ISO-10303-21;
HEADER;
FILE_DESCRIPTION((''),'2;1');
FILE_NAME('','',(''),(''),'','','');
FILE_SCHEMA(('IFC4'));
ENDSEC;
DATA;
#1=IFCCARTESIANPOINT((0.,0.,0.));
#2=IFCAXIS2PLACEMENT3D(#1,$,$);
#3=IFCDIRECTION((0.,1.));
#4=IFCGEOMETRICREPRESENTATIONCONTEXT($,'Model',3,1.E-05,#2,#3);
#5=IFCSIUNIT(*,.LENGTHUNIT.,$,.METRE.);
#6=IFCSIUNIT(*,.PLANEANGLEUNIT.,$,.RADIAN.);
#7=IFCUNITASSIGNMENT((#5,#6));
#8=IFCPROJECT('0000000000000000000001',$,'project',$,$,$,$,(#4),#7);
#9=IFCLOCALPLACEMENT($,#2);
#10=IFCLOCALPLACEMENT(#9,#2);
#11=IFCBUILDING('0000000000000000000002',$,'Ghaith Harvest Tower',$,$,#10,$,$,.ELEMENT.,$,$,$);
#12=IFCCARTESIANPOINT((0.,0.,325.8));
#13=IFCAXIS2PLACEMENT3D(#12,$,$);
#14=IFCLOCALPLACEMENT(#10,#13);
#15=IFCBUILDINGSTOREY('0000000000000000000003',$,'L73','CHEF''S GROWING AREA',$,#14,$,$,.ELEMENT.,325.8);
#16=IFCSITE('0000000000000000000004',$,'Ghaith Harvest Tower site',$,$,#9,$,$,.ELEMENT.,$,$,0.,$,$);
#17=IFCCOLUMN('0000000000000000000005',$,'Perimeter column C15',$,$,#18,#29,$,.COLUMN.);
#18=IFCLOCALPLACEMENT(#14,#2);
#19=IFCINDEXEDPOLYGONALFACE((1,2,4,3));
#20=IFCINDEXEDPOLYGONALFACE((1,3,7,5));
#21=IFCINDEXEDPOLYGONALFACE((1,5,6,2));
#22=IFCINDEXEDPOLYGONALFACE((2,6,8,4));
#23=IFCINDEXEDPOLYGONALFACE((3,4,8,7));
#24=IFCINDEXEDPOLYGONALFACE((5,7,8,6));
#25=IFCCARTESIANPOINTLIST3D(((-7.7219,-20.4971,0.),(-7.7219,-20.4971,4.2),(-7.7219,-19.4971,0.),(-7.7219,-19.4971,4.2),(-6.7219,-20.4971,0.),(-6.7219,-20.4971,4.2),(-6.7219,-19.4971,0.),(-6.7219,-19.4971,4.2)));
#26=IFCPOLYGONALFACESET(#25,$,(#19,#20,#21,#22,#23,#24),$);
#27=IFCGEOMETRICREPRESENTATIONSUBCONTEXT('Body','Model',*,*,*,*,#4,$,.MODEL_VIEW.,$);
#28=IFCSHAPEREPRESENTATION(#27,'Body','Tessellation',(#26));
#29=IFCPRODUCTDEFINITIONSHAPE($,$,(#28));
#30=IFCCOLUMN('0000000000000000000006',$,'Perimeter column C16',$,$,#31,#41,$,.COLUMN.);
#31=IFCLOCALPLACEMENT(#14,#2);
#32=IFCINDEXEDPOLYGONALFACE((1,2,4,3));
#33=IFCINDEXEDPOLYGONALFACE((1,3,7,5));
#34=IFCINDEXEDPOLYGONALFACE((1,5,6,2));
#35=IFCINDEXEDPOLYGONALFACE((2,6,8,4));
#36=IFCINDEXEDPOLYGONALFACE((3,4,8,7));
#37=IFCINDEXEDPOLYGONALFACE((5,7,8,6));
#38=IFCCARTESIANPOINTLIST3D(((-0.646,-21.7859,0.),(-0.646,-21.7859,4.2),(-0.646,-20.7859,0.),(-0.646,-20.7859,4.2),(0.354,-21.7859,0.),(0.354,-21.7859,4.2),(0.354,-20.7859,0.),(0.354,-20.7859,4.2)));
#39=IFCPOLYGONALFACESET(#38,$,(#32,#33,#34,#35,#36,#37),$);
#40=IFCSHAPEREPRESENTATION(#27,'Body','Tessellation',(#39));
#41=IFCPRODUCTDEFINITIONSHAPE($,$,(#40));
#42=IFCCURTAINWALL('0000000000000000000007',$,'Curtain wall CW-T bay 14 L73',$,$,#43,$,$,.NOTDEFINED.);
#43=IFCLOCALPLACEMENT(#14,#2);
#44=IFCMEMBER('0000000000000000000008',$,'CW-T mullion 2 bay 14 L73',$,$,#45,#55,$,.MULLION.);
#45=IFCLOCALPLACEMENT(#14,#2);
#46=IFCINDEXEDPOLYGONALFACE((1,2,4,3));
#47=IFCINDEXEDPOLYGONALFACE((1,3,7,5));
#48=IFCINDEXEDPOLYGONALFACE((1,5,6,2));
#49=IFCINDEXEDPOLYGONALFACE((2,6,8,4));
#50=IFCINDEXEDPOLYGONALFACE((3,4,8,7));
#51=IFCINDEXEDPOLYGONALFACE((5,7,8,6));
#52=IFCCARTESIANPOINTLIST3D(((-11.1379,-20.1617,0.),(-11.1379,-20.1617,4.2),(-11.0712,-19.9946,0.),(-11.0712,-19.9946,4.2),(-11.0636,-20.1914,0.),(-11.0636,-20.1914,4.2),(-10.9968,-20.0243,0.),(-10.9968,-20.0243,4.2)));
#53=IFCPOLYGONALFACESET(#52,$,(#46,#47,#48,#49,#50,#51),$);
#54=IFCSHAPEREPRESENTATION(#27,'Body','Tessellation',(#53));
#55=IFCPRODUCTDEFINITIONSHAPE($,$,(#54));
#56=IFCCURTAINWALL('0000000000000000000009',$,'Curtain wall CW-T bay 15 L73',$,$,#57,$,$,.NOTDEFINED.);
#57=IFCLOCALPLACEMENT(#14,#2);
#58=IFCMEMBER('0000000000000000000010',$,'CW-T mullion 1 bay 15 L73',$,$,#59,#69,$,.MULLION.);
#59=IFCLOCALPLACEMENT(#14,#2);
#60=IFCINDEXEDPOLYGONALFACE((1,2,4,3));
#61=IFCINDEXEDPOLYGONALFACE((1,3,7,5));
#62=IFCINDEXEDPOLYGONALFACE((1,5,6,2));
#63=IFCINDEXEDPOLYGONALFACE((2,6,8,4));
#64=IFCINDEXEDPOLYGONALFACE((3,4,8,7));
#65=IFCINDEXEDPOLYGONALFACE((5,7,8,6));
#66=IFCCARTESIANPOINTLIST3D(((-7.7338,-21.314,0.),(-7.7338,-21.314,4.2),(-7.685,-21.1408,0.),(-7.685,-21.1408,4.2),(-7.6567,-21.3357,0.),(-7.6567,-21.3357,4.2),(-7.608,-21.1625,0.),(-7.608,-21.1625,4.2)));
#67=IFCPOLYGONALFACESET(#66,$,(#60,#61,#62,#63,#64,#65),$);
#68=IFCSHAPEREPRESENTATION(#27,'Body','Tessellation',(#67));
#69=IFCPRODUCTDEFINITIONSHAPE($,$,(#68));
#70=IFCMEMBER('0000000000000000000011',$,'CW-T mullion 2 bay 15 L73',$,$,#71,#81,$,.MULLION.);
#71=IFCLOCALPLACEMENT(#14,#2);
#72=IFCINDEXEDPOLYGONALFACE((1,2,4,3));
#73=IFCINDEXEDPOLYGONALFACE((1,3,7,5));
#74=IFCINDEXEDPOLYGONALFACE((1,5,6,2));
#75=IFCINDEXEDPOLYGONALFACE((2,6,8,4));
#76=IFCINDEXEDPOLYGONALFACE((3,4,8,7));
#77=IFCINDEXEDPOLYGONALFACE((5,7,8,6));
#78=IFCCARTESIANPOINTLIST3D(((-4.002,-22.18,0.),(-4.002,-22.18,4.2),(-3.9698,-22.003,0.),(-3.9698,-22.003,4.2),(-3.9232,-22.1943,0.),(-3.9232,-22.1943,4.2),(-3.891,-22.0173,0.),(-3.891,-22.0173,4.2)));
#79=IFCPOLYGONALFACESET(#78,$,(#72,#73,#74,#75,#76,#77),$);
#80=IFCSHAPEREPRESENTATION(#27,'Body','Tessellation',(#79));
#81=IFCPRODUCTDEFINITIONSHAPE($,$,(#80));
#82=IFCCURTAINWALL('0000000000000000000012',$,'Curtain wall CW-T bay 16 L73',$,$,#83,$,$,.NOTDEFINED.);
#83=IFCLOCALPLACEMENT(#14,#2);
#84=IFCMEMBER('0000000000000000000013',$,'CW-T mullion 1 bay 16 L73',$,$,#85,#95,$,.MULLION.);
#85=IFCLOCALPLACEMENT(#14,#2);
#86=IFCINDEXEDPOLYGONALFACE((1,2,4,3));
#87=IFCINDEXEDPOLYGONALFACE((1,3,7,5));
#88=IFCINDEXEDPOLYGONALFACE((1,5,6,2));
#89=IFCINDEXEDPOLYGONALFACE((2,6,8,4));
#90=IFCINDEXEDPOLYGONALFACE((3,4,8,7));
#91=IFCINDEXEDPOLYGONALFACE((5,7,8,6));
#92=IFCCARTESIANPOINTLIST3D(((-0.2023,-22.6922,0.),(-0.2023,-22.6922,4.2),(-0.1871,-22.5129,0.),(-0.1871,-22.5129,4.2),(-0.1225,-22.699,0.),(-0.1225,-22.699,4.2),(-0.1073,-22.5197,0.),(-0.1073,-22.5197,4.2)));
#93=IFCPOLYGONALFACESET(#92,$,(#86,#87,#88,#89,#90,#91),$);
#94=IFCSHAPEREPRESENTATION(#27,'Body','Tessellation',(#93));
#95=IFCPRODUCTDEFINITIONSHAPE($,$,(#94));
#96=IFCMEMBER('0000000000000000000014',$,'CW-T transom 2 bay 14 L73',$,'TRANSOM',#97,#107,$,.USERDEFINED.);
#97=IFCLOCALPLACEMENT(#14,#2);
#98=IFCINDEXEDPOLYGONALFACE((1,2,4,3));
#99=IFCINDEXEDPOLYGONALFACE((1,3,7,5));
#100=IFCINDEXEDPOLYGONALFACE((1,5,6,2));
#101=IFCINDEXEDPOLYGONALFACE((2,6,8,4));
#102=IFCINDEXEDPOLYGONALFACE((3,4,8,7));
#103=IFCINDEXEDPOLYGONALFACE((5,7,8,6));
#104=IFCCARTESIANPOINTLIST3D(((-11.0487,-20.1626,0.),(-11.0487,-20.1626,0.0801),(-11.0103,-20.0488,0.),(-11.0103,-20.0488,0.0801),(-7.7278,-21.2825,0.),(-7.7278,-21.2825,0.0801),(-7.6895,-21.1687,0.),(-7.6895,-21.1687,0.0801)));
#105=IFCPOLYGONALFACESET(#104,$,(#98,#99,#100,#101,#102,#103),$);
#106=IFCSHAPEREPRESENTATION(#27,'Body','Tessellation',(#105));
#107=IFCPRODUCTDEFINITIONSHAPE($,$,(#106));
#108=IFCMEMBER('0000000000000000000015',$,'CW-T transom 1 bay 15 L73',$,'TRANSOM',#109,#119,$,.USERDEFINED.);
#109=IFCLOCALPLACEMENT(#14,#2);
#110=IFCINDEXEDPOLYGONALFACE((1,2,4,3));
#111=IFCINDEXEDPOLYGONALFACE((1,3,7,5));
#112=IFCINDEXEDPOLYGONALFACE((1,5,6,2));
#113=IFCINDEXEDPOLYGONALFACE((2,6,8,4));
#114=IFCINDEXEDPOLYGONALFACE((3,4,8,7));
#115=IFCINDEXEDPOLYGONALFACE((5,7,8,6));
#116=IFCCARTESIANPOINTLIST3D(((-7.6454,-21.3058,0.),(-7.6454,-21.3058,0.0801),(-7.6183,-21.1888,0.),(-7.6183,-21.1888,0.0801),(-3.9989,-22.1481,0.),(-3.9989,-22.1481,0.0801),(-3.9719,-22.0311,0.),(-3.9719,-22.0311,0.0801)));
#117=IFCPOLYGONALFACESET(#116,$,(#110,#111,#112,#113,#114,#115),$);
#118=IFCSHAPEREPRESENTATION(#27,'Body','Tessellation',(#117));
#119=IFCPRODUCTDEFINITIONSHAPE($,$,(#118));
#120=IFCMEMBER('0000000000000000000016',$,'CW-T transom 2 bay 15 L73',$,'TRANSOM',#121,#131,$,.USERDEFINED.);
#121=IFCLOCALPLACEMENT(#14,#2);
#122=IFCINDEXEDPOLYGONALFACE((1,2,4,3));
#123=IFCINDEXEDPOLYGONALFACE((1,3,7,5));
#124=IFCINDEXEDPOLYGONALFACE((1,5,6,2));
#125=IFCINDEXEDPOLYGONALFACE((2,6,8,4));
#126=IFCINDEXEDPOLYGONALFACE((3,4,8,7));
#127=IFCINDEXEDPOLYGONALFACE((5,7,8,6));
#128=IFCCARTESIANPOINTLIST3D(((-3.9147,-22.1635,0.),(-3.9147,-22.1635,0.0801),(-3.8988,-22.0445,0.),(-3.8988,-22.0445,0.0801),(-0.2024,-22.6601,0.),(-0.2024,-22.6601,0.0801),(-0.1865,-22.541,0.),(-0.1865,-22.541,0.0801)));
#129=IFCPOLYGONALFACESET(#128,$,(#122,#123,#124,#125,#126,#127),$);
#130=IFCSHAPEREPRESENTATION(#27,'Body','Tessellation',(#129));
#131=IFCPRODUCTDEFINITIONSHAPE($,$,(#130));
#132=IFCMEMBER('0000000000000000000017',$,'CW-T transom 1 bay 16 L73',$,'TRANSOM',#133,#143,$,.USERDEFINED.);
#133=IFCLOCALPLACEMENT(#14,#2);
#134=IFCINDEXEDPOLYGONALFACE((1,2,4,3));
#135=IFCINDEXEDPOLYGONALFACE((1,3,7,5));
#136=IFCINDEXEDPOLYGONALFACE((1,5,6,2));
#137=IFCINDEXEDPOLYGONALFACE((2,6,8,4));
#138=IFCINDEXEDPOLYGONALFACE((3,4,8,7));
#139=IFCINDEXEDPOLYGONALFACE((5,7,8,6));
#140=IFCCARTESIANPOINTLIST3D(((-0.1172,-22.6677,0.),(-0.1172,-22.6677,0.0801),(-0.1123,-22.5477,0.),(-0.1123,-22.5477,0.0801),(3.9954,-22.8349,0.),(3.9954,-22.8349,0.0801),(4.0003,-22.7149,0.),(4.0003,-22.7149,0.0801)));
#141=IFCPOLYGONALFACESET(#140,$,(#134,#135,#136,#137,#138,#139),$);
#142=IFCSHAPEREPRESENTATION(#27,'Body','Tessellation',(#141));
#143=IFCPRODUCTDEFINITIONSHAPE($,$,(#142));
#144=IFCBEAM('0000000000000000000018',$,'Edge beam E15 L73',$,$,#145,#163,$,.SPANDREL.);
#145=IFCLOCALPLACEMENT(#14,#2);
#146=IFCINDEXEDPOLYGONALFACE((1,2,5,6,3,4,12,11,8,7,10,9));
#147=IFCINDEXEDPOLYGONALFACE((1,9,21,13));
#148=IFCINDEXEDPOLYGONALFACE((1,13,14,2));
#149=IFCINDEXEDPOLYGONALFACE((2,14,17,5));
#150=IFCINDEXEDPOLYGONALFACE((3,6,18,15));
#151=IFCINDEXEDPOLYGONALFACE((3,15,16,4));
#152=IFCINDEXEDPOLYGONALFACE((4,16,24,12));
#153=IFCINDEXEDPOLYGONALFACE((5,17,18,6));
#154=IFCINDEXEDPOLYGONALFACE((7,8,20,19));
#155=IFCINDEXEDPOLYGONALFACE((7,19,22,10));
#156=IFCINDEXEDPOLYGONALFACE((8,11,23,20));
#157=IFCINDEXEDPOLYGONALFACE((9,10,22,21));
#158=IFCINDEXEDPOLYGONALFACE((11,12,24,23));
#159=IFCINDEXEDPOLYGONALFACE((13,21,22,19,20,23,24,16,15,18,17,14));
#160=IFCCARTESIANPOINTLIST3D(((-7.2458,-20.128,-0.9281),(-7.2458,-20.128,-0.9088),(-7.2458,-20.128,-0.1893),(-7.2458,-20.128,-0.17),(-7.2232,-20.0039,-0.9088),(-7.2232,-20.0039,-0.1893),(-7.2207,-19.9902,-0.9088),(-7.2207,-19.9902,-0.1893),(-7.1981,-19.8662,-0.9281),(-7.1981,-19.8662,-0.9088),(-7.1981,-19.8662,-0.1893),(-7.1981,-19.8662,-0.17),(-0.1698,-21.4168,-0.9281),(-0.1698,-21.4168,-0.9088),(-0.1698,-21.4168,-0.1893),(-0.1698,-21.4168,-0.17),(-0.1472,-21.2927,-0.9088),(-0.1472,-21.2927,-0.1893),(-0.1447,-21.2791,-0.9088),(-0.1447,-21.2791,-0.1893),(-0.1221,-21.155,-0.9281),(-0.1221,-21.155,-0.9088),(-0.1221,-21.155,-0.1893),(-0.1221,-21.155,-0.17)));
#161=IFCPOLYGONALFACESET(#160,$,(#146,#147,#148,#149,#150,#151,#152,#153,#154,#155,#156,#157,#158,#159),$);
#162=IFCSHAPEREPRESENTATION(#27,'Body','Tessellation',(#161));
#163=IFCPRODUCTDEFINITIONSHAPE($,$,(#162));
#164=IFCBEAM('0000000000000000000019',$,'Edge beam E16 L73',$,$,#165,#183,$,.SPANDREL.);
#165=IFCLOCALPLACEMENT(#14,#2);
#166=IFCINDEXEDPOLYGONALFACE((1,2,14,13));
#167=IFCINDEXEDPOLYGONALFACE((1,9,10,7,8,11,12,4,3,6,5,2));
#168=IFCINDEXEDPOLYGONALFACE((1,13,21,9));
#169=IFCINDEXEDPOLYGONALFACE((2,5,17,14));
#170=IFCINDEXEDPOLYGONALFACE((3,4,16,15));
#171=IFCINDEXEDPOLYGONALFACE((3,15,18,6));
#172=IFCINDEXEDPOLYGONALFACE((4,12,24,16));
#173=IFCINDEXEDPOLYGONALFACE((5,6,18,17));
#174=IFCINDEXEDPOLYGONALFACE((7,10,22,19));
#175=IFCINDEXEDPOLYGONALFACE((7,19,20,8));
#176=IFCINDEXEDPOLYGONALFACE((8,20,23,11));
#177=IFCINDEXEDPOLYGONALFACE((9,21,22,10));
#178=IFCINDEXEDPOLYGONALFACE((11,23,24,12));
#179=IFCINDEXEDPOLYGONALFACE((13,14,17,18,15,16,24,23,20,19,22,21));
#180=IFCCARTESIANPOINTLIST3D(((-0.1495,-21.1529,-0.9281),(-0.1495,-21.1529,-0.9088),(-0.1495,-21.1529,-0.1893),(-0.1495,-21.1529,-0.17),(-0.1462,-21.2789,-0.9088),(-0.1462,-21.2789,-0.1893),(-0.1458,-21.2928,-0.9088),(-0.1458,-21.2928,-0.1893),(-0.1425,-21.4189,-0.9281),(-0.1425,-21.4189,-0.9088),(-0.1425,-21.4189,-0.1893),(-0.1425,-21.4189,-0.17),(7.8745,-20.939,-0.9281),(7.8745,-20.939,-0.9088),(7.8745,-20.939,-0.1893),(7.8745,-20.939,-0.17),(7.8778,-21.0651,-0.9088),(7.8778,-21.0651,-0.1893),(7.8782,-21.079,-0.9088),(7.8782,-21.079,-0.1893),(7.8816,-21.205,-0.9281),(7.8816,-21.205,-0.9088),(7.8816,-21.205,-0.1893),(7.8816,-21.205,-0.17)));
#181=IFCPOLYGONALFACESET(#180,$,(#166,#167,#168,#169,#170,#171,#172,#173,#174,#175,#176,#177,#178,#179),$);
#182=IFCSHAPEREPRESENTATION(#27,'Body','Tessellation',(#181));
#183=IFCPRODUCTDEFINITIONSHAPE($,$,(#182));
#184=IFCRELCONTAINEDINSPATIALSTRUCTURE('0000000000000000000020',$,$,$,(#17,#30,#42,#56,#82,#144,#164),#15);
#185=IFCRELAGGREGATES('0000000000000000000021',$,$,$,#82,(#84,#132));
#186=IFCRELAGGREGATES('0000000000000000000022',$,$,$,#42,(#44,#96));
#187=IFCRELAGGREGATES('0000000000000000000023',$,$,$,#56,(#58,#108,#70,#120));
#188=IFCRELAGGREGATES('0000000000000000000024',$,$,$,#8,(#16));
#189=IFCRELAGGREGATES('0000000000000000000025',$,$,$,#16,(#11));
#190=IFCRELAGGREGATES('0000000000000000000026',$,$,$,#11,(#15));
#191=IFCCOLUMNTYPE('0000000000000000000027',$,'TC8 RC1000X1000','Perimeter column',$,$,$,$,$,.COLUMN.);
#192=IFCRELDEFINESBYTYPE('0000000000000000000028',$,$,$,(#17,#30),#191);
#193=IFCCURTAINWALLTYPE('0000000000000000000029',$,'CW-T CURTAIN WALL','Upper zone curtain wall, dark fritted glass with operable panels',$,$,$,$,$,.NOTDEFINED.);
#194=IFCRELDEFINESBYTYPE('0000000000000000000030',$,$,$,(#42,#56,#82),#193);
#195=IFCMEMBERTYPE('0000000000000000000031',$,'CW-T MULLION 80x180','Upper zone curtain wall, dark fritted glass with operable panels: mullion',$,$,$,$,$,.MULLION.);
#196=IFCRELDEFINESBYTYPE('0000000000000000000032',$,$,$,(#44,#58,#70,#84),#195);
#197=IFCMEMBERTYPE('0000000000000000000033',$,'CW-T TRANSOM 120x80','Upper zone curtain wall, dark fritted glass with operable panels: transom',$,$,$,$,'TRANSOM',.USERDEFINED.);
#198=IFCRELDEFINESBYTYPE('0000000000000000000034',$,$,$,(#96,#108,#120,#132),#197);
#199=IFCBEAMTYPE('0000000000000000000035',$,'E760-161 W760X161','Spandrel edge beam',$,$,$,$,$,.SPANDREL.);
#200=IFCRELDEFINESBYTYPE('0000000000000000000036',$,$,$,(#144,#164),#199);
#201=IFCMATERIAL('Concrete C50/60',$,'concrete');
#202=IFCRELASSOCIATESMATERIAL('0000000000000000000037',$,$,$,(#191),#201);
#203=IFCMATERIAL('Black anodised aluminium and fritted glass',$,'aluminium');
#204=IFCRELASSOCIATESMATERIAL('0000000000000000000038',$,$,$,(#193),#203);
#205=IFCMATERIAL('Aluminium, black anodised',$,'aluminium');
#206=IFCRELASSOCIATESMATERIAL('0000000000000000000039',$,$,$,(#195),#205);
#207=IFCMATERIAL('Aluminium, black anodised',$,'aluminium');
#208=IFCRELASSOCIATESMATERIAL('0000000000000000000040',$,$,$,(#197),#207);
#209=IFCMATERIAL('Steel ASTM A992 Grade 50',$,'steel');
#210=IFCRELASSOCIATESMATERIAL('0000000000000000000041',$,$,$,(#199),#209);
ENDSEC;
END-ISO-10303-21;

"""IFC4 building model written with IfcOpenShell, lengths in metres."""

from ifc_helpers import new_model, si_unit, direction, frame, origin, origin_2d, place, context, subcontext, project, spatial, rectangle, i_section, extrude, material, material_profile, profile_set, type_object, element, aggregate, save


model = new_model("IFC4")

# Units and contexts
model_context = context("Model", 3, precision=1e-05, world=origin(), true_north=direction((0.0, 1.0)))
body_context = subcontext(model_context, "Body", "Model", "MODEL_VIEW")
ifc_project = project(units=[si_unit("LENGTHUNIT", "METRE"), si_unit("PLANEANGLEUNIT", "RADIAN")], contexts=[model_context])

# Site, building, storey
site_placement = place(None, origin())
site = spatial("IfcSite", under=ifc_project, at=site_placement, Name="Ghaith Harvest Tower site", CompositionType="ELEMENT", RefElevation=0.0)
building_placement = place(site_placement, origin())
building = spatial("IfcBuilding", under=site, at=building_placement, Name="Ghaith Harvest Tower", CompositionType="ELEMENT")
storey_placement = place(building_placement, frame((0.0, 0.0, 325.8)))
storey = spatial("IfcBuildingStorey", under=building, at=storey_placement, Name="L73", Description="CHEF'S GROWING AREA", CompositionType="ELEMENT", Elevation=325.8)

# Columns
ifc_material_1 = material(Name="Concrete C50/60", Category="concrete")
ifc_material_profile_1 = material_profile(ifc_material_1, rectangle(XDim=1.0, YDim=1.0, at=origin_2d()), Name="RC1000X1000")
ifc_profile_set_1 = profile_set([ifc_material_profile_1], Name="Concrete C50/60")
column_type = type_object("IfcColumnType", Name="TC8 RC1000X1000", Description="Perimeter column", PredefinedType="COLUMN", material=ifc_profile_set_1)
for number, where, z_axis, x_axis, name in (
    (1, (-7.2219, -19.9971, 0.0), (0.0, 0.0, 1.0), (1.0, 0.0, 0.0), "Perimeter column C15"),
    (2, (-0.146, -21.2859, 0.0), (0.0, 0.0, 1.0), (1.0, 0.0, 0.0), "Perimeter column C16"),
):
    element("IfcColumn", number, at=place(storey_placement, frame(where, z_axis=z_axis, x_axis=x_axis)), inside=storey, type_object=column_type, Name=name, PredefinedType="COLUMN", context=body_context, shape_type="SweptSolid", body=[
        extrude(rectangle(XDim=1.0, YDim=1.0, at=origin_2d()), origin(), (0.0, 0.0, 1.0), 4.2),
    ])

# Curtain wall, member
ifc_material_2 = material(Name="Black anodised aluminium and fritted glass", Category="aluminium")
curtain_wall_type = type_object("IfcCurtainWallType", Name="CW-T CURTAIN WALL", Description="Upper zone curtain wall, dark fritted glass with operable panels", PredefinedType="NOTDEFINED", material=ifc_material_2)
curtain_wall_1_placement = place(storey_placement, origin())
curtain_wall_1 = element("IfcCurtainWall", 3, at=curtain_wall_1_placement, inside=storey, type_object=curtain_wall_type, Name="Curtain wall CW-T bay 14 L73", PredefinedType="NOTDEFINED")
ifc_material_3 = material(Name="Aluminium, black anodised", Category="aluminium")
ifc_material_profile_2 = material_profile(ifc_material_3, rectangle(XDim=0.0801, YDim=0.1799, at=origin_2d()), Name="CW-T MULLION 80x180")
ifc_profile_set_2 = profile_set([ifc_material_profile_2], Name="Aluminium, black anodised")
member_type_1 = type_object("IfcMemberType", Name="CW-T MULLION 80x180", Description="Upper zone curtain wall, dark fritted glass with operable panels: mullion", PredefinedType="MULLION", material=ifc_profile_set_2)
member_1_placement = place(storey_placement, frame((-11.0674, -20.093, 0.0), z_axis=(0.0, 0.0, 1.0), x_axis=(0.928624, -0.371021, 0.0)))
member_1 = element("IfcMember", 4, at=member_1_placement, type_object=member_type_1, Name="CW-T mullion 2 bay 14 L73", PredefinedType="MULLION", context=body_context, shape_type="SweptSolid", body=[
    extrude(rectangle(XDim=0.0801, YDim=0.1799, at=origin_2d()), origin(), (0.0, 0.0, 1.0), 4.2),
])

# Curtain wall, members
curtain_wall_2_placement = place(storey_placement, origin())
curtain_wall_2 = element("IfcCurtainWall", 5, at=curtain_wall_2_placement, inside=storey, type_object=curtain_wall_type, Name="Curtain wall CW-T bay 15 L73", PredefinedType="NOTDEFINED")
member_2_placement = place(storey_placement, frame((-7.6709, -21.2383, 0.0), z_axis=(0.0, 0.0, 1.0), x_axis=(0.962552, -0.271095, 0.0)))
member_2 = element("IfcMember", 6, at=member_2_placement, type_object=member_type_1, Name="CW-T mullion 1 bay 15 L73", PredefinedType="MULLION", context=body_context, shape_type="SweptSolid", body=[
    extrude(rectangle(XDim=0.0801, YDim=0.1799, at=origin_2d()), origin(), (0.0, 0.0, 1.0), 4.2),
])
member_3_placement = place(storey_placement, frame((-3.9465, -22.0986, 0.0), z_axis=(0.0, 0.0, 1.0), x_axis=(0.983843, -0.179031, 0.0)))
member_3 = element("IfcMember", 7, at=member_3_placement, type_object=member_type_1, Name="CW-T mullion 2 bay 15 L73", PredefinedType="MULLION", context=body_context, shape_type="SweptSolid", body=[
    extrude(rectangle(XDim=0.0801, YDim=0.1799, at=origin_2d()), origin(), (0.0, 0.0, 1.0), 4.2),
])

# Curtain wall, member
curtain_wall_3_placement = place(storey_placement, origin())
curtain_wall_3 = element("IfcCurtainWall", 8, at=curtain_wall_3_placement, inside=storey, type_object=curtain_wall_type, Name="Curtain wall CW-T bay 16 L73", PredefinedType="NOTDEFINED")
member_4_placement = place(storey_placement, frame((-0.1548, -22.606, 0.0), z_axis=(0.0, 0.0, 1.0), x_axis=(0.996415, -0.084602, 0.0)))
member_4 = element("IfcMember", 9, at=member_4_placement, type_object=member_type_1, Name="CW-T mullion 1 bay 16 L73", PredefinedType="MULLION", context=body_context, shape_type="SweptSolid", body=[
    extrude(rectangle(XDim=0.0801, YDim=0.1799, at=origin_2d()), origin(), (0.0, 0.0, 1.0), 4.2),
])

# Members
ifc_material_4 = material(Name="Aluminium, black anodised", Category="aluminium")
ifc_material_profile_3 = material_profile(ifc_material_4, rectangle(XDim=0.1201, YDim=0.0801, at=origin_2d()), Name="CW-T TRANSOM 120x80")
ifc_profile_set_3 = profile_set([ifc_material_profile_3], Name="Aluminium, black anodised")
member_type_2 = type_object("IfcMemberType", Name="CW-T TRANSOM 120x80", Description="Upper zone curtain wall, dark fritted glass with operable panels: transom", ElementType="TRANSOM", PredefinedType="USERDEFINED", material=ifc_profile_set_3)
member_5_placement = place(storey_placement, frame((-11.0295, -20.1057, 0.04), z_axis=(0.94757, -0.319549, 0.0), x_axis=(0.319549, 0.94757, 0.0)))
member_5 = element("IfcMember", 10, at=member_5_placement, type_object=member_type_2, Name="CW-T transom 2 bay 14 L73", ObjectType="TRANSOM", PredefinedType="USERDEFINED", context=body_context, shape_type="SweptSolid", body=[
    extrude(rectangle(XDim=0.1201, YDim=0.0801, at=origin_2d()), origin(), (0.0, 0.0, 1.0), 3.5046),
])
member_6_placement = place(storey_placement, frame((-7.6318, -21.2473, 0.04), z_axis=(0.974345, -0.22506, 0.0), x_axis=(0.22506, 0.974345, 0.0)))
member_6 = element("IfcMember", 11, at=member_6_placement, type_object=member_type_2, Name="CW-T transom 1 bay 15 L73", ObjectType="TRANSOM", PredefinedType="USERDEFINED", context=body_context, shape_type="SweptSolid", body=[
    extrude(rectangle(XDim=0.1201, YDim=0.0801, at=origin_2d()), origin(), (0.0, 0.0, 1.0), 3.7424),
])
member_7_placement = place(storey_placement, frame((-3.9067, -22.104, 0.04), z_axis=(0.991172, -0.132582, 0.0), x_axis=(0.132582, 0.991172, 0.0)))
member_7 = element("IfcMember", 12, at=member_7_placement, type_object=member_type_2, Name="CW-T transom 2 bay 15 L73", ObjectType="TRANSOM", PredefinedType="USERDEFINED", context=body_context, shape_type="SweptSolid", body=[
    extrude(rectangle(XDim=0.1201, YDim=0.0801, at=origin_2d()), origin(), (0.0, 0.0, 1.0), 3.7454),
])
member_8_placement = place(storey_placement, frame((-0.1147, -22.6077, 0.04), z_axis=(0.999174, -0.040631, 0.0), x_axis=(0.040631, 0.999174, 0.0)))
member_8 = element("IfcMember", 13, at=member_8_placement, type_object=member_type_2, Name="CW-T transom 1 bay 16 L73", ObjectType="TRANSOM", PredefinedType="USERDEFINED", context=body_context, shape_type="SweptSolid", body=[
    extrude(rectangle(XDim=0.1201, YDim=0.0801, at=origin_2d()), origin(), (0.0, 0.0, 1.0), 4.116),
])
aggregate(curtain_wall_3, [member_4, member_8])

# Beams
ifc_material_5 = material(Name="Steel ASTM A992 Grade 50", Category="steel")
ifc_material_profile_4 = material_profile(ifc_material_5, i_section(OverallWidth=0.2661, OverallDepth=0.7581, WebThickness=0.0139, FlangeThickness=0.0193, at=origin_2d()), Name="W760X161")
ifc_profile_set_4 = profile_set([ifc_material_profile_4], Name="Steel ASTM A992 Grade 50")
beam_type_1 = type_object("IfcBeamType", Name="E760-161 W760X161", Description="Spandrel edge beam", PredefinedType="SPANDREL", material=ifc_profile_set_4)
beam_1_placement = place(storey_placement, frame((-7.2219, -19.9971, -0.5491), z_axis=(0.983814, -0.179193, 0.0), x_axis=(0.179193, 0.983814, 0.0)))
element("IfcBeam", 14, at=beam_1_placement, inside=storey, type_object=beam_type_1, Name="Edge beam E15 L73", PredefinedType="SPANDREL", context=body_context, shape_type="SweptSolid", body=[
    extrude(i_section(OverallWidth=0.2661, OverallDepth=0.7581, WebThickness=0.0139, FlangeThickness=0.0193, at=origin_2d()), origin(), (0.0, 0.0, 1.0), 7.1924),
])
beam_2_placement = place(storey_placement, frame((-0.146, -21.2859, -0.5491), z_axis=(0.999645, 0.026644, 0.0), x_axis=(-0.026644, 0.999645, 0.0)))
element("IfcBeam", 15, at=beam_2_placement, inside=storey, type_object=beam_type_1, Name="Edge beam E16 L73", PredefinedType="SPANDREL", context=body_context, shape_type="SweptSolid", body=[
    extrude(i_section(OverallWidth=0.2661, OverallDepth=0.7581, WebThickness=0.0139, FlangeThickness=0.0193, at=origin_2d()), origin(), (0.0, 0.0, 1.0), 8.0269),
])

aggregate(curtain_wall_1, [member_1, member_5])
aggregate(curtain_wall_2, [member_2, member_6, member_3, member_7])

save(model, "model.ifc")
